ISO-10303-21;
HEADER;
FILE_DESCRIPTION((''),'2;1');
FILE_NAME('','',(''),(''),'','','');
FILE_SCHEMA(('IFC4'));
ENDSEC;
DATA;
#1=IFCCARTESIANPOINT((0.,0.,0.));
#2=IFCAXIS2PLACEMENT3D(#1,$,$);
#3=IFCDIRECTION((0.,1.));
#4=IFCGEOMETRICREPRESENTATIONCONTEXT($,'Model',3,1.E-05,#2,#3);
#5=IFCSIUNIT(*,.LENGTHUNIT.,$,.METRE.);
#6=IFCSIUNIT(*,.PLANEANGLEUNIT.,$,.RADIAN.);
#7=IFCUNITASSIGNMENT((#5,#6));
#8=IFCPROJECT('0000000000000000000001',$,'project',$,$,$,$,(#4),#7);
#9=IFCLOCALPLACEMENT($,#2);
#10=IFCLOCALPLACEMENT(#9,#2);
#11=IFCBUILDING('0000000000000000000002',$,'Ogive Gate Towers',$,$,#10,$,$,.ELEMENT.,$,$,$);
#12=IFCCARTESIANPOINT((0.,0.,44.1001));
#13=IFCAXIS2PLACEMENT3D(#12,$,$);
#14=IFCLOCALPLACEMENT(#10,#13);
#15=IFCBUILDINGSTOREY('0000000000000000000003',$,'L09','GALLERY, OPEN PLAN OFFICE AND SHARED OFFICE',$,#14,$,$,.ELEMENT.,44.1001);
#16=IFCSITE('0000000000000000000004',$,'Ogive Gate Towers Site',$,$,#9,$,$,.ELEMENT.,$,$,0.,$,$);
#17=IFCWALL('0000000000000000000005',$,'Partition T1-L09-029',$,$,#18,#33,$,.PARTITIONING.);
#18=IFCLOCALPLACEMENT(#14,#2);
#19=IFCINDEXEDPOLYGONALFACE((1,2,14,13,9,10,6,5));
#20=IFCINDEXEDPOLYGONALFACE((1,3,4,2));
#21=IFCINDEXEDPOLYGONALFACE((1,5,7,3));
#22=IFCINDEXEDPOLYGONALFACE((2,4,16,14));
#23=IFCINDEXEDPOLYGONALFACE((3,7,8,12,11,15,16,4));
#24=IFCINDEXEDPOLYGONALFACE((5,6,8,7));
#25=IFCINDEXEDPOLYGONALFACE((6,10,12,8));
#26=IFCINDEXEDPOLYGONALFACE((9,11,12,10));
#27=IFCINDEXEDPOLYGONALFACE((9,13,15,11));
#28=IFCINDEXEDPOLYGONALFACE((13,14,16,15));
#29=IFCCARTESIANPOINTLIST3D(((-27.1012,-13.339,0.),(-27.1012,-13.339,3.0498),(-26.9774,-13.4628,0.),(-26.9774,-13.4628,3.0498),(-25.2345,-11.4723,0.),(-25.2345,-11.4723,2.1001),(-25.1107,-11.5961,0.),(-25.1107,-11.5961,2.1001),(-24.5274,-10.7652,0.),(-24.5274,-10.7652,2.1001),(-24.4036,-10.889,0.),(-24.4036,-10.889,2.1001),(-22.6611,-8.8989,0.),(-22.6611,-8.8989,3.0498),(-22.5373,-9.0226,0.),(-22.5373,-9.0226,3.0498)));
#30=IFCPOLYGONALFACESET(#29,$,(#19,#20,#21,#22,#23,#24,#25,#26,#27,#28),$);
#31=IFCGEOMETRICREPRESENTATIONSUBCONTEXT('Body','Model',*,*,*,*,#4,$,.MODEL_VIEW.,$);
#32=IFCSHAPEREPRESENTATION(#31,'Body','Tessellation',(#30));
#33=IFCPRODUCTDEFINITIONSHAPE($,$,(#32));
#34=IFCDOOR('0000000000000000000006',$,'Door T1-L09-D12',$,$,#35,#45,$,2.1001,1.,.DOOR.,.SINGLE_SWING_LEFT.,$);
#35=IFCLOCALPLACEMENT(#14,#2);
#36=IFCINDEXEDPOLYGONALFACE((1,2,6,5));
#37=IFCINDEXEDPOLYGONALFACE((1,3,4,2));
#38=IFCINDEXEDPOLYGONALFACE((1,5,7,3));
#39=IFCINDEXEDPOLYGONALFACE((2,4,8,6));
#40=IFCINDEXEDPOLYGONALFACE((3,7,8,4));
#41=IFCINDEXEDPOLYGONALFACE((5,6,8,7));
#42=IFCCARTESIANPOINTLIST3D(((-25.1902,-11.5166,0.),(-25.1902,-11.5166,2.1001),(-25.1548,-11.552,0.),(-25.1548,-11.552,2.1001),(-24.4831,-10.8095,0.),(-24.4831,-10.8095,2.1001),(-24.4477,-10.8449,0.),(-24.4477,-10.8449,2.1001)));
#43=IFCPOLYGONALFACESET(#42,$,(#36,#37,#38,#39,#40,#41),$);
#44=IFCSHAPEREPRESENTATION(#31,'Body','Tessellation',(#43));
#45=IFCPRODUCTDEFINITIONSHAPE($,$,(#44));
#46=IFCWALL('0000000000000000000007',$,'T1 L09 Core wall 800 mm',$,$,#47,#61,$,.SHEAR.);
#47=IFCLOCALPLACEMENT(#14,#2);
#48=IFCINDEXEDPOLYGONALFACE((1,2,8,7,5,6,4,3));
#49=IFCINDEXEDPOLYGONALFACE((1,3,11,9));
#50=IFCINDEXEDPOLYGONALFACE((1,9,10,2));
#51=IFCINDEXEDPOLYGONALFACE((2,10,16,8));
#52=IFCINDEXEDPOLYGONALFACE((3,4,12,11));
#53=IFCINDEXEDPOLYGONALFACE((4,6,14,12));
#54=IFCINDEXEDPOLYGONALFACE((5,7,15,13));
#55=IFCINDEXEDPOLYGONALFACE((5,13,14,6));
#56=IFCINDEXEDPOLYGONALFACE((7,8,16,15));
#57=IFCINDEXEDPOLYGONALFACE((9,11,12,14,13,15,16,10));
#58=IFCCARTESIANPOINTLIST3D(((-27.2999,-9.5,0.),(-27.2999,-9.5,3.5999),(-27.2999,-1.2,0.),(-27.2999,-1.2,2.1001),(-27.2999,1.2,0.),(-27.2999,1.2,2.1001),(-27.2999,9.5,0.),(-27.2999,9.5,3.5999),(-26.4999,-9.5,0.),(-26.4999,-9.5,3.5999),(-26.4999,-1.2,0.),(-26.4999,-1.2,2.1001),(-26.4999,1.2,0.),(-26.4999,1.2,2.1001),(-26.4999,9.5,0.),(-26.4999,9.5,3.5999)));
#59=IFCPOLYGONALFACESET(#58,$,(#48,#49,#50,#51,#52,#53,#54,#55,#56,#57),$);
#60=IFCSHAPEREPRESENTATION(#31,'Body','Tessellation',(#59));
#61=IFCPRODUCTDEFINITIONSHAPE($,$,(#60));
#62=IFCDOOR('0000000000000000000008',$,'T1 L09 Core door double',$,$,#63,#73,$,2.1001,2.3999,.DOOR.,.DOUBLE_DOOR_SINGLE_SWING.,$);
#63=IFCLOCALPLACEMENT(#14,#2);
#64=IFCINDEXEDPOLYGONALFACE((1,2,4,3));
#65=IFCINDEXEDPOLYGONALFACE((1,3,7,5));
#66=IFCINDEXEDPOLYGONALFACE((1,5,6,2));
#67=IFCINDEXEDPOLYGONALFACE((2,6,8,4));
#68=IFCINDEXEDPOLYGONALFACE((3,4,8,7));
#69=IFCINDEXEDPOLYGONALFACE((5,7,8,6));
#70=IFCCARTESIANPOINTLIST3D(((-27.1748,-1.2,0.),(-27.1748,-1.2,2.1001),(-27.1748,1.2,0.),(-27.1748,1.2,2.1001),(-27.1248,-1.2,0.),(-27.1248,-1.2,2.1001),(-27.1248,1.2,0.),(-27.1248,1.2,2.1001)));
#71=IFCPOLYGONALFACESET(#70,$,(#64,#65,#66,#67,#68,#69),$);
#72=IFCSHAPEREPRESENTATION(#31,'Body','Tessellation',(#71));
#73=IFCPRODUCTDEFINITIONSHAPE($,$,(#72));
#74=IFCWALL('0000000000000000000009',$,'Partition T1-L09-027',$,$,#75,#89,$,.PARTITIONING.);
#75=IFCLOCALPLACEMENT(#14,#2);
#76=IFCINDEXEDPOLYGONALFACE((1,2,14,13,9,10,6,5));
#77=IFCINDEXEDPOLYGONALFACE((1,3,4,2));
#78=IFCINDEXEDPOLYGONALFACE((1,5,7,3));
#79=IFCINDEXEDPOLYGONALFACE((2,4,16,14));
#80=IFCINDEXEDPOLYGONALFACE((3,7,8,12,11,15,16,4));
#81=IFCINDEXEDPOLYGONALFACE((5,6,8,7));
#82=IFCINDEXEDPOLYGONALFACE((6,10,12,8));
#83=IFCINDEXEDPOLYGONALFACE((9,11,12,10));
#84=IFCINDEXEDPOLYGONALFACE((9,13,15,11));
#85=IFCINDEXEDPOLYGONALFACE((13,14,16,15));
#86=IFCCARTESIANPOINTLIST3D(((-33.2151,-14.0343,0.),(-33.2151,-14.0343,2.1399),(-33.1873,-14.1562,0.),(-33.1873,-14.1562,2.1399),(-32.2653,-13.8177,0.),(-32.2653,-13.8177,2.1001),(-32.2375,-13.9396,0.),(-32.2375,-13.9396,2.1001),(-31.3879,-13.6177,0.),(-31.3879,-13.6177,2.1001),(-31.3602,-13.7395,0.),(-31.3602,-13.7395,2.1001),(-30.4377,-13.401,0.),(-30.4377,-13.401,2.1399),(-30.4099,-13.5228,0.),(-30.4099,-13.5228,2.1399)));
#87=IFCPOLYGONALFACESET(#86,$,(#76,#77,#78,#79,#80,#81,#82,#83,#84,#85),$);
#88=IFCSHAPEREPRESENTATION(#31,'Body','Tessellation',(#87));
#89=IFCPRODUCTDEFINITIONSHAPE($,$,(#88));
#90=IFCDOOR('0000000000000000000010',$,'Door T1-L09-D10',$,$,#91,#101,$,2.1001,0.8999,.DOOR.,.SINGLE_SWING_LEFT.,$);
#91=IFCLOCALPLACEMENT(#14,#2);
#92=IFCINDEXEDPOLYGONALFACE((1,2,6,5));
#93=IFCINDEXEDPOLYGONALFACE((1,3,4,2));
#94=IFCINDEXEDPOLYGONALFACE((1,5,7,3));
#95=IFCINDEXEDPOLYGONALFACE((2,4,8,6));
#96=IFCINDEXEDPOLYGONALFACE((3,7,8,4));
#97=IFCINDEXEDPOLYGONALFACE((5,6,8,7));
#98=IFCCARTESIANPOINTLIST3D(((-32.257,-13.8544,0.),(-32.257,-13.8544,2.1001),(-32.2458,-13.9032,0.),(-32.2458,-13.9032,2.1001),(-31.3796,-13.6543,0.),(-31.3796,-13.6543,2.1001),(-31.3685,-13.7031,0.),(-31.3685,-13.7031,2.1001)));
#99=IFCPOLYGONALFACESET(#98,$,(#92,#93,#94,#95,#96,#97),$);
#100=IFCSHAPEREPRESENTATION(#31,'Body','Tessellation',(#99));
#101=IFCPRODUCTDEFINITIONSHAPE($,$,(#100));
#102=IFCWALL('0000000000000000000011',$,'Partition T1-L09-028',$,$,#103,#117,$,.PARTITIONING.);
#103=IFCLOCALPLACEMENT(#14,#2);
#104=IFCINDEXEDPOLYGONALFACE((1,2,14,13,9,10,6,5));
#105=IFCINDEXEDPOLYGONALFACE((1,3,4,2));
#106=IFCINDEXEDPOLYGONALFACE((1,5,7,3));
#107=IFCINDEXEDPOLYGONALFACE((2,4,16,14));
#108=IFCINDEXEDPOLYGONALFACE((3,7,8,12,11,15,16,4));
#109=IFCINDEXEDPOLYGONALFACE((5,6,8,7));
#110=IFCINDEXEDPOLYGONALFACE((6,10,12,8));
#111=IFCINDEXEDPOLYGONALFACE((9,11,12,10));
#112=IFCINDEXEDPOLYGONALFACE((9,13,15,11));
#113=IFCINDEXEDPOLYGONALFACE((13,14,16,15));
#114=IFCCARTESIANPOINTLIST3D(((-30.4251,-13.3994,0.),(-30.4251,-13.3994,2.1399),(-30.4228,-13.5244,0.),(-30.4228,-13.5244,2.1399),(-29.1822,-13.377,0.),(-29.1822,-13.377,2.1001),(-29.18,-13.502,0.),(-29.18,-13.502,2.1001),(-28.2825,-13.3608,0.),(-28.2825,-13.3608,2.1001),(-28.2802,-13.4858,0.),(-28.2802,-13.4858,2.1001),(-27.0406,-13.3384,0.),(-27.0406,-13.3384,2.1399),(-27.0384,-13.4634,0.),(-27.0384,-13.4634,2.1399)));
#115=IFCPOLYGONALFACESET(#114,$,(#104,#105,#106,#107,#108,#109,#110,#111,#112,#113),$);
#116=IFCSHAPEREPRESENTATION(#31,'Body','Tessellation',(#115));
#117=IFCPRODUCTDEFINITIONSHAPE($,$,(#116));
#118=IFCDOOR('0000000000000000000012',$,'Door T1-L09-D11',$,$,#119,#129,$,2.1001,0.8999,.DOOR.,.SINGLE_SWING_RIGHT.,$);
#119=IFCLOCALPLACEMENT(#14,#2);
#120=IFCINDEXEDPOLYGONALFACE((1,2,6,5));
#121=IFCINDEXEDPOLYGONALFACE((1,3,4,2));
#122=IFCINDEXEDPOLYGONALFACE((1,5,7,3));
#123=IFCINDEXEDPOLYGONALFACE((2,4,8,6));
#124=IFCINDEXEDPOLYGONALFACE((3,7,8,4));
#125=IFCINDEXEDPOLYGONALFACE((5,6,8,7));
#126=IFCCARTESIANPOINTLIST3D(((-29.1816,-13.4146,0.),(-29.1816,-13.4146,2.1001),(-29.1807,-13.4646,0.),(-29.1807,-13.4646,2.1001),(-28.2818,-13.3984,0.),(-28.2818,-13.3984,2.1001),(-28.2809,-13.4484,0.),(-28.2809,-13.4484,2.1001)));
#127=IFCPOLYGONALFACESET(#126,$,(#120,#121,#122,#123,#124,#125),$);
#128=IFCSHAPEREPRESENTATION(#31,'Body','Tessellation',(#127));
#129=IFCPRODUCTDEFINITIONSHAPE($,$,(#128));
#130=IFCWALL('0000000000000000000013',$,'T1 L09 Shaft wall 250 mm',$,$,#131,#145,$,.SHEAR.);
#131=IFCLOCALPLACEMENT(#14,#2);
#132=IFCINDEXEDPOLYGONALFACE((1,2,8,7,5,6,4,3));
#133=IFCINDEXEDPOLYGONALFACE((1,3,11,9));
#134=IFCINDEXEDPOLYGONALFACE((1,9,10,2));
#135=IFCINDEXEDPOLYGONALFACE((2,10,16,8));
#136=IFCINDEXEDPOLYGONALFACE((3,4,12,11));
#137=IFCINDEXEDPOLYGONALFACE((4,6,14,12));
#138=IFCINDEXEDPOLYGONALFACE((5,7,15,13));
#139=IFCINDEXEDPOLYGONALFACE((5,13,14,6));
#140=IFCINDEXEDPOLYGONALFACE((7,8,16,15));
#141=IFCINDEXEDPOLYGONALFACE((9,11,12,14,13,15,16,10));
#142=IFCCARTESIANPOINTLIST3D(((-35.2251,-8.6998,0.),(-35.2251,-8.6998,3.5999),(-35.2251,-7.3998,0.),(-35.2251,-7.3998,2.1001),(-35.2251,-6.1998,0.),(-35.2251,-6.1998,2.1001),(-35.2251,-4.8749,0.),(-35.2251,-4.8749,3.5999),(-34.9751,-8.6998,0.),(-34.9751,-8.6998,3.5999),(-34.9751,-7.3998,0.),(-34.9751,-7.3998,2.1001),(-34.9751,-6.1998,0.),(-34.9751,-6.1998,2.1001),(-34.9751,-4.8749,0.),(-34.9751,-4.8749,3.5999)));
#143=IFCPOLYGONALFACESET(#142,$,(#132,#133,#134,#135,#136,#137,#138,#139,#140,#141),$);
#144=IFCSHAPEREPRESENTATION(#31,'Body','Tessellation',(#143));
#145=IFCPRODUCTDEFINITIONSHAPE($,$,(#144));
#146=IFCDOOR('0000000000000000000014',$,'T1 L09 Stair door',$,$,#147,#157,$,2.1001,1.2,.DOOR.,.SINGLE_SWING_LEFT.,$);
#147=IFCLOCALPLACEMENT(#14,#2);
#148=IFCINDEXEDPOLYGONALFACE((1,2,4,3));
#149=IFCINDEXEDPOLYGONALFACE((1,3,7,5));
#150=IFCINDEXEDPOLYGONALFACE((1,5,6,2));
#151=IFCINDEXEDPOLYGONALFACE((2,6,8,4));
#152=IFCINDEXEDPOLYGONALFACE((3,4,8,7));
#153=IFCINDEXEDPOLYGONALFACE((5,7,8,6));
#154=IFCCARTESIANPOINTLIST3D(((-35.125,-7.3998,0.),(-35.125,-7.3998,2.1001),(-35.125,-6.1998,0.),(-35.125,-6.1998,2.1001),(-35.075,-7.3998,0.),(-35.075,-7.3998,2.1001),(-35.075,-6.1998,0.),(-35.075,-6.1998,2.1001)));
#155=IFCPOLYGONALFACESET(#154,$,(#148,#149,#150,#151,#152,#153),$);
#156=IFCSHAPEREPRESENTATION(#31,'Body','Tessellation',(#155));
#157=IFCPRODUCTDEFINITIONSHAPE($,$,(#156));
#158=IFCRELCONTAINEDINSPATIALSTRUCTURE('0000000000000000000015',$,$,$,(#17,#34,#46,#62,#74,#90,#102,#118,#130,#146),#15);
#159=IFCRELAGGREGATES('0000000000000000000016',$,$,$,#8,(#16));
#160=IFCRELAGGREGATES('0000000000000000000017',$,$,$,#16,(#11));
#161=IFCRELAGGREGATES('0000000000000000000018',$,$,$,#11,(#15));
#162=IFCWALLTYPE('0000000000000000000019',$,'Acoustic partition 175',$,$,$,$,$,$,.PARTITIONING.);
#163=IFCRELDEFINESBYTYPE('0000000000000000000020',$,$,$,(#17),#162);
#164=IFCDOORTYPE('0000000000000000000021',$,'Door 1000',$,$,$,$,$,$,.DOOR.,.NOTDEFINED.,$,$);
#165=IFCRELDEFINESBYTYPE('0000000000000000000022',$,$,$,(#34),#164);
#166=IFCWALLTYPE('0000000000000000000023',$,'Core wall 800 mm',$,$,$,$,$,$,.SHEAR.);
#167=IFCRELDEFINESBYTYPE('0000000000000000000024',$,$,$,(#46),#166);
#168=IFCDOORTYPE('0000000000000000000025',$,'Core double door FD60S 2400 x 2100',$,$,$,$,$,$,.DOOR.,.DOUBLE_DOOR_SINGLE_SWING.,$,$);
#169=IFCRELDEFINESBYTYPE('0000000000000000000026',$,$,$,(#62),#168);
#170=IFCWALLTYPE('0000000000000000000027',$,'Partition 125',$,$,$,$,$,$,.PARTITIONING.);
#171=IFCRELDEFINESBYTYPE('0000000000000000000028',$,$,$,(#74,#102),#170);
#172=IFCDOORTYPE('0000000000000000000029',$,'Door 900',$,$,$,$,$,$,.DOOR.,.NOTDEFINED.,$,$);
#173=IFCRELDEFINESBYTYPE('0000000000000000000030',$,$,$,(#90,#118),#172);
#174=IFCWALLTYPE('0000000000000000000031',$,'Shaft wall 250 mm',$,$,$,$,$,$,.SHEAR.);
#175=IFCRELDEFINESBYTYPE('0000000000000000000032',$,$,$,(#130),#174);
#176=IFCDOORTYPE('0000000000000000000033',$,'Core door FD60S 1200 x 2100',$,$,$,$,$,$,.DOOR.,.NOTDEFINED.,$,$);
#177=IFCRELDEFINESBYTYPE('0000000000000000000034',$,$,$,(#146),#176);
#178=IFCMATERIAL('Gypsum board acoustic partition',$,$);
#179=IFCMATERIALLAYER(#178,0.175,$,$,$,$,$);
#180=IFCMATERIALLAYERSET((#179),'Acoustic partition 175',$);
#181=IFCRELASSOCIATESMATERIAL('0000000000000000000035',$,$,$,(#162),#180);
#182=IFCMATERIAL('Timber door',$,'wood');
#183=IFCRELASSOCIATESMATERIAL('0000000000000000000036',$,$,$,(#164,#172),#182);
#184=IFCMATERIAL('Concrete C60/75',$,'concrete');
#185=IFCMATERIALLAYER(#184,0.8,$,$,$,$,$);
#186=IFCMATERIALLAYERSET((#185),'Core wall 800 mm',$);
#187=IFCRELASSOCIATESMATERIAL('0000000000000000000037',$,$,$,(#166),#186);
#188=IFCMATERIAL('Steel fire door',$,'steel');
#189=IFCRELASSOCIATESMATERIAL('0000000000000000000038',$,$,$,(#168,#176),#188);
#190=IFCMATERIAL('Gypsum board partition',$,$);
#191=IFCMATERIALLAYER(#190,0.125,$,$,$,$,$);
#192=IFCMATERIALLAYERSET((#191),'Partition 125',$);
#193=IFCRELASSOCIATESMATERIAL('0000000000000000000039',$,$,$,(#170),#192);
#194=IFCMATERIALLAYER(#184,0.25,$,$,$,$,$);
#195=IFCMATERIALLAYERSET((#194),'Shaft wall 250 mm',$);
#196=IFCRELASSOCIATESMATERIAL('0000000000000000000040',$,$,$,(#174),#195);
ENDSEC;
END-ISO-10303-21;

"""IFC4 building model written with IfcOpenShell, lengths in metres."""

from ifc_helpers import new_model, si_unit, direction, frame, frame_2d, origin, place, context, subcontext, project, spatial, rectangle, extrude, material, layer, layer_set, type_object, element, fill, save


model = new_model("IFC4")

# Units and contexts
model_context = context("Model", 3, precision=1e-05, world=origin(), true_north=direction((0.0, 1.0)))
body_context = subcontext(model_context, "Body", "Model", "MODEL_VIEW")
ifc_project = project(units=[si_unit("LENGTHUNIT", "METRE"), si_unit("PLANEANGLEUNIT", "RADIAN")], contexts=[model_context])

# Site, building, storey
site_placement = place(None, origin())
site = spatial("IfcSite", under=ifc_project, at=site_placement, Name="Ogive Gate Towers Site", CompositionType="ELEMENT", RefElevation=0.0)
building_placement = place(site_placement, origin())
building = spatial("IfcBuilding", under=site, at=building_placement, Name="Ogive Gate Towers", CompositionType="ELEMENT")
storey_placement = place(building_placement, frame((0.0, 0.0, 44.1001)))
storey = spatial("IfcBuildingStorey", under=building, at=storey_placement, Name="L09", Description="GALLERY, OPEN PLAN OFFICE AND SHARED OFFICE", CompositionType="ELEMENT", Elevation=44.1001)

# Walls, openings, doors
ifc_material_1 = material(Name="Gypsum board acoustic partition")
ifc_layer_1 = layer(ifc_material_1, 0.175)
ifc_layer_set_1 = layer_set([ifc_layer_1], Name="Acoustic partition 175")
wall_type_1 = type_object("IfcWallType", Name="Acoustic partition 175", PredefinedType="PARTITIONING", material=ifc_layer_set_1)
ifc_material_2 = material(Name="Timber door", Category="wood")
door_type_1 = type_object("IfcDoorType", Name="Door 1000", OperationType="NOTDEFINED", PredefinedType="DOOR", material=ifc_material_2)
wall_1_placement = place(storey_placement, frame((-27.0393, -13.4009, 0.0), z_axis=(0.0, 0.0, 1.0), x_axis=(0.707107, 0.707107, 0.0)))
wall_1 = element("IfcWall", 1, at=wall_1_placement, inside=storey, type_object=wall_type_1, Name="Partition T1-L09-029", PredefinedType="PARTITIONING", context=body_context, shape_type="SweptSolid", body=[
    extrude(rectangle(XDim=6.2793, YDim=0.175, at=frame_2d((3.1396, 0.0))), origin(), (0.0, 0.0, 1.0), 3.0498),
])
opening_1_placement = place(wall_1_placement, frame((2.6399, 0.0, 0.0)))
opening_1 = element("IfcOpeningElement", 2, at=opening_1_placement, cuts=wall_1, PredefinedType="OPENING", context=body_context, shape_type="SweptSolid", body=[
    extrude(rectangle(XDim=1.0, YDim=2.1001, at=frame_2d((0.5, 1.05))), frame((0.0, 0.0977, 0.0), z_axis=(0.0, -1.0, 0.0), x_axis=(1.0, 0.0, 0.0)), (0.0, 0.0, 1.0), 0.1951),
])
door_1_placement = place(opening_1_placement, origin())
door_1 = element("IfcDoor", 3, at=door_1_placement, inside=storey, type_object=door_type_1, Name="Door T1-L09-D12", OperationType="SINGLE_SWING_LEFT", OverallHeight=2.1001, OverallWidth=1.0, PredefinedType="DOOR", context=body_context, shape_type="SweptSolid", body=[
    extrude(rectangle(XDim=1.0, YDim=2.1001, at=frame_2d((0.5, 1.05))), frame((0.0, 0.0249, 0.0), z_axis=(0.0, -1.0, 0.0), x_axis=(1.0, 0.0, 0.0)), (0.0, 0.0, 1.0), 0.05),
])
fill(opening_1, door_1)
ifc_material_3 = material(Name="Concrete C60/75", Category="concrete")
ifc_layer_2 = layer(ifc_material_3, 0.8)
ifc_layer_set_2 = layer_set([ifc_layer_2], Name="Core wall 800 mm")
wall_type_2 = type_object("IfcWallType", Name="Core wall 800 mm", PredefinedType="SHEAR", material=ifc_layer_set_2)
wall_2_placement = place(storey_placement, frame((-26.8999, -9.5, 0.0), z_axis=(0.0, 0.0, 1.0), x_axis=(0.0, 1.0, 0.0)))
wall_2 = element("IfcWall", 4, at=wall_2_placement, inside=storey, type_object=wall_type_2, Name="T1 L09 Core wall 800 mm", PredefinedType="SHEAR", context=body_context, shape_type="SweptSolid", body=[
    extrude(rectangle(XDim=19.0, YDim=0.8, at=frame_2d((9.5, 0.0))), origin(), (0.0, 0.0, 1.0), 3.5999),
])
opening_2_placement = place(wall_2_placement, frame((8.3, 0.0, 0.0)))
opening_2 = element("IfcOpeningElement", 5, at=opening_2_placement, cuts=wall_2, PredefinedType="OPENING", context=body_context, shape_type="SweptSolid", body=[
    extrude(rectangle(XDim=2.3999, YDim=2.1001, at=frame_2d((1.2, 1.05))), frame((0.0, 0.4102, 0.0), z_axis=(0.0, -1.0, 0.0), x_axis=(1.0, 0.0, 0.0)), (0.0, 0.0, 1.0), 0.8201),
])
ifc_material_4 = material(Name="Steel fire door", Category="steel")
door_type_2 = type_object("IfcDoorType", Name="Core double door FD60S 2400 x 2100", OperationType="DOUBLE_DOOR_SINGLE_SWING", PredefinedType="DOOR", material=ifc_material_4)
door_2_placement = place(opening_2_placement, origin())
door_2 = element("IfcDoor", 6, at=door_2_placement, inside=storey, type_object=door_type_2, Name="T1 L09 Core door double", OperationType="DOUBLE_DOOR_SINGLE_SWING", OverallHeight=2.1001, OverallWidth=2.3999, PredefinedType="DOOR", context=body_context, shape_type="SweptSolid", body=[
    extrude(rectangle(XDim=2.3999, YDim=2.1001, at=frame_2d((1.2, 1.05))), frame((0.0, 0.2749, 0.0), z_axis=(0.0, -1.0, 0.0), x_axis=(1.0, 0.0, 0.0)), (0.0, 0.0, 1.0), 0.05),
])
fill(opening_2, door_2)
ifc_material_5 = material(Name="Gypsum board partition")
ifc_layer_3 = layer(ifc_material_5, 0.125)
ifc_layer_set_3 = layer_set([ifc_layer_3], Name="Partition 125")
wall_type_3 = type_object("IfcWallType", Name="Partition 125", PredefinedType="PARTITIONING", material=ifc_layer_set_3)
wall_3_placement = place(storey_placement, frame((-33.2012, -14.0952, 0.0), z_axis=(0.0, 0.0, 1.0), x_axis=(0.974974, 0.222317, 0.0)))
wall_3 = element("IfcWall", 7, at=wall_3_placement, inside=storey, type_object=wall_type_3, Name="Partition T1-L09-027", PredefinedType="PARTITIONING", context=body_context, shape_type="SweptSolid", body=[
    extrude(rectangle(XDim=2.8486, YDim=0.125, at=frame_2d((1.4243, 0.0))), origin(), (0.0, 0.0, 1.0), 2.1399),
])
opening_3_placement = place(wall_3_placement, frame((0.9741, 0.0, 0.0)))
opening_3 = element("IfcOpeningElement", 8, at=opening_3_placement, cuts=wall_3, PredefinedType="OPENING", context=body_context, shape_type="SweptSolid", body=[
    extrude(rectangle(XDim=0.8999, YDim=2.1001, at=frame_2d((0.45, 1.05))), frame((0.0, 0.0725, 0.0), z_axis=(0.0, -1.0, 0.0), x_axis=(1.0, 0.0, 0.0)), (0.0, 0.0, 1.0), 0.145),
])
door_type_3 = type_object("IfcDoorType", Name="Door 900", OperationType="NOTDEFINED", PredefinedType="DOOR", material=ifc_material_2)
door_3_placement = place(opening_3_placement, origin())
door_3 = element("IfcDoor", 9, at=door_3_placement, inside=storey, type_object=door_type_3, Name="Door T1-L09-D10", OperationType="SINGLE_SWING_LEFT", OverallHeight=2.1001, OverallWidth=0.8999, PredefinedType="DOOR", context=body_context, shape_type="SweptSolid", body=[
    extrude(rectangle(XDim=0.8999, YDim=2.1001, at=frame_2d((0.45, 1.05))), frame((0.0, 0.0249, 0.0), z_axis=(0.0, -1.0, 0.0), x_axis=(1.0, 0.0, 0.0)), (0.0, 0.0, 1.0), 0.05),
])
fill(opening_3, door_3)
wall_4_placement = place(storey_placement, frame((-30.4238, -13.4619, 0.0), z_axis=(0.0, 0.0, 1.0), x_axis=(0.999837, 0.018031, 0.0)))
wall_4 = element("IfcWall", 10, at=wall_4_placement, inside=storey, type_object=wall_type_3, Name="Partition T1-L09-028", PredefinedType="PARTITIONING", context=body_context, shape_type="SweptSolid", body=[
    extrude(rectangle(XDim=3.385, YDim=0.125, at=frame_2d((1.6924, 0.0))), origin(), (0.0, 0.0, 1.0), 2.1399),
])
opening_4_placement = place(wall_4_placement, frame((1.2429, 0.0, 0.0)))
opening_4 = element("IfcOpeningElement", 11, at=opening_4_placement, cuts=wall_4, PredefinedType="OPENING", context=body_context, shape_type="SweptSolid", body=[
    extrude(rectangle(XDim=0.8999, YDim=2.1001, at=frame_2d((0.45, 1.05))), frame((0.0, 0.0725, 0.0), z_axis=(0.0, -1.0, 0.0), x_axis=(1.0, 0.0, 0.0)), (0.0, 0.0, 1.0), 0.145),
])
door_4_placement = place(opening_4_placement, origin())
door_4 = element("IfcDoor", 12, at=door_4_placement, inside=storey, type_object=door_type_3, Name="Door T1-L09-D11", OperationType="SINGLE_SWING_RIGHT", OverallHeight=2.1001, OverallWidth=0.8999, PredefinedType="DOOR", context=body_context, shape_type="SweptSolid", body=[
    extrude(rectangle(XDim=0.8999, YDim=2.1001, at=frame_2d((0.45, 1.05))), frame((0.0, 0.0249, 0.0), z_axis=(0.0, -1.0, 0.0), x_axis=(1.0, 0.0, 0.0)), (0.0, 0.0, 1.0), 0.05),
])
fill(opening_4, door_4)
ifc_layer_4 = layer(ifc_material_3, 0.25)
ifc_layer_set_4 = layer_set([ifc_layer_4], Name="Shaft wall 250 mm")
wall_type_4 = type_object("IfcWallType", Name="Shaft wall 250 mm", PredefinedType="SHEAR", material=ifc_layer_set_4)
wall_5_placement = place(storey_placement, frame((-35.1001, -8.7, 0.0), z_axis=(0.0, 0.0, 1.0), x_axis=(0.0, 1.0, 0.0)))
wall_5 = element("IfcWall", 13, at=wall_5_placement, inside=storey, type_object=wall_type_4, Name="T1 L09 Shaft wall 250 mm", PredefinedType="SHEAR", context=body_context, shape_type="SweptSolid", body=[
    extrude(rectangle(XDim=3.825, YDim=0.25, at=frame_2d((1.9126, 0.0))), origin(), (0.0, 0.0, 1.0), 3.5999),
])
opening_5_placement = place(wall_5_placement, frame((1.3, 0.0, 0.0)))
opening_5 = element("IfcOpeningElement", 14, at=opening_5_placement, cuts=wall_5, PredefinedType="OPENING", context=body_context, shape_type="SweptSolid", body=[
    extrude(rectangle(XDim=1.2, YDim=2.1001, at=frame_2d((0.6001, 1.05))), frame((0.0, 0.135, 0.0), z_axis=(0.0, -1.0, 0.0), x_axis=(1.0, 0.0, 0.0)), (0.0, 0.0, 1.0), 0.27),
])
door_type_4 = type_object("IfcDoorType", Name="Core door FD60S 1200 x 2100", OperationType="NOTDEFINED", PredefinedType="DOOR", material=ifc_material_4)
door_5_placement = place(opening_5_placement, origin())
door_5 = element("IfcDoor", 15, at=door_5_placement, inside=storey, type_object=door_type_4, Name="T1 L09 Stair door", OperationType="SINGLE_SWING_LEFT", OverallHeight=2.1001, OverallWidth=1.2, PredefinedType="DOOR", context=body_context, shape_type="SweptSolid", body=[
    extrude(rectangle(XDim=1.2, YDim=2.1001, at=frame_2d((0.6001, 1.05))), frame((0.0, 0.0249, 0.0), z_axis=(0.0, -1.0, 0.0), x_axis=(1.0, 0.0, 0.0)), (0.0, 0.0, 1.0), 0.05),
])
fill(opening_5, door_5)

save(model, "model.ifc")
